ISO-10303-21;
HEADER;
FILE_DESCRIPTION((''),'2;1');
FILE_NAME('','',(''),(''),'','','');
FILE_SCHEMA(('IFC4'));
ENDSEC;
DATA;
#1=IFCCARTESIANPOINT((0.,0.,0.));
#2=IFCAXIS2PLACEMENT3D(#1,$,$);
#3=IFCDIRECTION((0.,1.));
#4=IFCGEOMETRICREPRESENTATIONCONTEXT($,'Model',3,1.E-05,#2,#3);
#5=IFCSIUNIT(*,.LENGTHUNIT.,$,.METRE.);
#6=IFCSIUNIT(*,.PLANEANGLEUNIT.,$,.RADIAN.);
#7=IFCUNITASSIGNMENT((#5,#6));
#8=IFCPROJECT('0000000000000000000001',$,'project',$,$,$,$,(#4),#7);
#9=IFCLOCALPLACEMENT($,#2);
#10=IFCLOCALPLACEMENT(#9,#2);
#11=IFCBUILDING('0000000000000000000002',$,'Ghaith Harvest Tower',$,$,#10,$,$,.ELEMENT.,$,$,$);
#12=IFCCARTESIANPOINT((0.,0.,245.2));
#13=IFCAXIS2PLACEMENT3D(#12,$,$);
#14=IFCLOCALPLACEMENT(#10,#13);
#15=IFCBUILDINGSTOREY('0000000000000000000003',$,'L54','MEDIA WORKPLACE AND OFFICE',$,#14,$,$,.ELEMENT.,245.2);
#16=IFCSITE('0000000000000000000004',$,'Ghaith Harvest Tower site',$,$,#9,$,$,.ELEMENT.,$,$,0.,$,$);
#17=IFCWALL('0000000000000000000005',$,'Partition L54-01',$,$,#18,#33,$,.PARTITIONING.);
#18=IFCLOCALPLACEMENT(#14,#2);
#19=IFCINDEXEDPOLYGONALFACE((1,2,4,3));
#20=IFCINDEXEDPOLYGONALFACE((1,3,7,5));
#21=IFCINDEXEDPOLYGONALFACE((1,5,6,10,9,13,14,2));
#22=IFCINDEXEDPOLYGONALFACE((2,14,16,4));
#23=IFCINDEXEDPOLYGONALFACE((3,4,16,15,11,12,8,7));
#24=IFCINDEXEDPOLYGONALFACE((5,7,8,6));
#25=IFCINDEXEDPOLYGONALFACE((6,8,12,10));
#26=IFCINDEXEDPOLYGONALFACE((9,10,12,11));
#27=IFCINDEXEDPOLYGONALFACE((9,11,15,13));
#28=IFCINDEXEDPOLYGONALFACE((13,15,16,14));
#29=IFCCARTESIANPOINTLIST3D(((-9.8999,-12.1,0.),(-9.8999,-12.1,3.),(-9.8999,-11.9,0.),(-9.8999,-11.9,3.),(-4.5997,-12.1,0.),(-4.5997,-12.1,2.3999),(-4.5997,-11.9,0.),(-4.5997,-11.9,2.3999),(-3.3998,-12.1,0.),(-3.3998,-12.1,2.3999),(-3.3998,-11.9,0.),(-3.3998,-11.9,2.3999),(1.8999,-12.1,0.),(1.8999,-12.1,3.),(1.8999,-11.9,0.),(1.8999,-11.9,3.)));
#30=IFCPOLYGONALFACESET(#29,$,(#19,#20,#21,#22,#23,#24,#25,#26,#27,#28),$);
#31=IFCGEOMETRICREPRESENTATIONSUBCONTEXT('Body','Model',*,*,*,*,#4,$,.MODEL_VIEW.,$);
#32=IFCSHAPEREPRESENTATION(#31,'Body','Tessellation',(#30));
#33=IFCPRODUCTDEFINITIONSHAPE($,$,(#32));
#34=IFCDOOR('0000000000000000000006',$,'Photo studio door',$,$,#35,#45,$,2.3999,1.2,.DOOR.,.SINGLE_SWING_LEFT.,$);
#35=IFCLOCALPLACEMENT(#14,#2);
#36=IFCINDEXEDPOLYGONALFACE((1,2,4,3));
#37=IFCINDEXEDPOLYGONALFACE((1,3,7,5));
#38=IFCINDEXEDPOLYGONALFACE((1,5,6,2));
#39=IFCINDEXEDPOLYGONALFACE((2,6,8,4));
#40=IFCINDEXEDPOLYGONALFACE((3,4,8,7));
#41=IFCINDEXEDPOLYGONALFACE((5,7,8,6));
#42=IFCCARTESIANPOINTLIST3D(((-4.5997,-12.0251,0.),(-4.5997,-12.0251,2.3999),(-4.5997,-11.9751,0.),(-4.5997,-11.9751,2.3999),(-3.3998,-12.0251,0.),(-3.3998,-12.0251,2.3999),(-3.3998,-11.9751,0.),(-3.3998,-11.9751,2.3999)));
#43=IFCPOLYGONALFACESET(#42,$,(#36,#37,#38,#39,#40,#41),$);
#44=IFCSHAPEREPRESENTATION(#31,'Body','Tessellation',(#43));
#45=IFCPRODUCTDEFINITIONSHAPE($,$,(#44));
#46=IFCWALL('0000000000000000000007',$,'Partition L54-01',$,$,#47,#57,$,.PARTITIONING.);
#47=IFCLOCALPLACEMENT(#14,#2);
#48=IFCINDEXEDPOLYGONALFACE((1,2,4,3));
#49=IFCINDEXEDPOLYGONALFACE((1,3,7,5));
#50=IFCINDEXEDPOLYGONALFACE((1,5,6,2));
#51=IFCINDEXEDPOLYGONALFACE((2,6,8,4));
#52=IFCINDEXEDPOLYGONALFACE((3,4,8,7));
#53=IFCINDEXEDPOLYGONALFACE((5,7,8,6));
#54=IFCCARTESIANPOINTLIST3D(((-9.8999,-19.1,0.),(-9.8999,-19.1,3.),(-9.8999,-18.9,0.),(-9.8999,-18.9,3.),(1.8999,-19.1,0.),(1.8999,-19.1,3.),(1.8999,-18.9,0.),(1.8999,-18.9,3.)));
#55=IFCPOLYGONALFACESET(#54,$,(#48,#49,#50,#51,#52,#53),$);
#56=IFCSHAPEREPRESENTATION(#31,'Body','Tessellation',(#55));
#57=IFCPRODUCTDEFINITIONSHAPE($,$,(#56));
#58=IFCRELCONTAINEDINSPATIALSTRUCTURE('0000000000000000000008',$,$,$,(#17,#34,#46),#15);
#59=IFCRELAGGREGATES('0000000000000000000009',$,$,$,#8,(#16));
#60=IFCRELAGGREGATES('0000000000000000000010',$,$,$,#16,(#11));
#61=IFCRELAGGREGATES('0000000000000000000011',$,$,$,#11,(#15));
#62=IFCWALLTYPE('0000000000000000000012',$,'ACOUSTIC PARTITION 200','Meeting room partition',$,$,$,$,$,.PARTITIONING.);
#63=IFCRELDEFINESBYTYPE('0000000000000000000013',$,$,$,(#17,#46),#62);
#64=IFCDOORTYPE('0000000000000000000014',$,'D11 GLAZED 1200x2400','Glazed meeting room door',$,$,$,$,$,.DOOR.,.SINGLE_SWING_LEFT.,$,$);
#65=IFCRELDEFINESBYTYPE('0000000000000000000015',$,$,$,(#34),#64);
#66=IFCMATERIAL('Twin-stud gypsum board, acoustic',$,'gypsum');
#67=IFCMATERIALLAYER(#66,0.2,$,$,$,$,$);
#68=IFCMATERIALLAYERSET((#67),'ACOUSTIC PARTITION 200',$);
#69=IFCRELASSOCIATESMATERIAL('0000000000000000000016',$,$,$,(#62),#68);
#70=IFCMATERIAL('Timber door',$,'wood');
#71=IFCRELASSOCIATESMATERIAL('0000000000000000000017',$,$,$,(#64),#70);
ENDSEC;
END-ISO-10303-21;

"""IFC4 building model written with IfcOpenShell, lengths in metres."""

from ifc_helpers import new_model, si_unit, direction, frame, frame_2d, origin, place, context, subcontext, project, spatial, rectangle, extrude, material, layer, layer_set, type_object, element, fill, save


model = new_model("IFC4")

# Units and contexts
model_context = context("Model", 3, precision=1e-05, world=origin(), true_north=direction((0.0, 1.0)))
body_context = subcontext(model_context, "Body", "Model", "MODEL_VIEW")
ifc_project = project(units=[si_unit("LENGTHUNIT", "METRE"), si_unit("PLANEANGLEUNIT", "RADIAN")], contexts=[model_context])

# Site, building, storey
site_placement = place(None, origin())
site = spatial("IfcSite", under=ifc_project, at=site_placement, Name="Ghaith Harvest Tower site", CompositionType="ELEMENT", RefElevation=0.0)
building_placement = place(site_placement, origin())
building = spatial("IfcBuilding", under=site, at=building_placement, Name="Ghaith Harvest Tower", CompositionType="ELEMENT")
storey_placement = place(building_placement, frame((0.0, 0.0, 245.2)))
storey = spatial("IfcBuildingStorey", under=building, at=storey_placement, Name="L54", Description="MEDIA WORKPLACE AND OFFICE", CompositionType="ELEMENT", Elevation=245.2)

# Shared definitions
ifc_material_1 = material(Name="Twin-stud gypsum board, acoustic", Category="gypsum")
ifc_layer_1 = layer(ifc_material_1, 0.2)
ifc_layer_set_1 = layer_set([ifc_layer_1], Name="ACOUSTIC PARTITION 200")
wall_type = type_object("IfcWallType", Name="ACOUSTIC PARTITION 200", Description="Meeting room partition", PredefinedType="PARTITIONING", material=ifc_layer_set_1)

# Wall, opening, door
wall_1_placement = place(storey_placement, frame((-9.8999, -12.0, 0.0), z_axis=(0.0, 0.0, 1.0), x_axis=(1.0, 0.0, 0.0)))
wall_1 = element("IfcWall", 1, at=wall_1_placement, inside=storey, type_object=wall_type, Name="Partition L54-01", PredefinedType="PARTITIONING", context=body_context, shape_type="SweptSolid", body=[
    extrude(rectangle(XDim=11.7998, YDim=0.2, at=frame_2d((5.8999, 0.0))), origin(), (0.0, 0.0, 1.0), 3.0),
])
opening_placement = place(wall_1_placement, frame((5.3, 0.0, 0.0)))
opening = element("IfcOpeningElement", 2, at=opening_placement, cuts=wall_1, PredefinedType="OPENING", context=body_context, shape_type="SweptSolid", body=[
    extrude(rectangle(XDim=1.2, YDim=2.3999, at=frame_2d((0.6001, 1.2))), frame((0.0, 0.1099, 0.0), z_axis=(0.0, -1.0, 0.0), x_axis=(1.0, 0.0, 0.0)), (0.0, 0.0, 1.0), 0.22),
])
ifc_material_2 = material(Name="Timber door", Category="wood")
door_type = type_object("IfcDoorType", Name="D11 GLAZED 1200x2400", Description="Glazed meeting room door", OperationType="SINGLE_SWING_LEFT", PredefinedType="DOOR", material=ifc_material_2)
door_placement = place(opening_placement, origin())
door = element("IfcDoor", 3, at=door_placement, inside=storey, type_object=door_type, Name="Photo studio door", OperationType="SINGLE_SWING_LEFT", OverallHeight=2.3999, OverallWidth=1.2, PredefinedType="DOOR", context=body_context, shape_type="SweptSolid", body=[
    extrude(rectangle(XDim=1.2, YDim=2.3999, at=frame_2d((0.6001, 1.2))), frame((0.0, 0.0249, 0.0), z_axis=(0.0, -1.0, 0.0), x_axis=(1.0, 0.0, 0.0)), (0.0, 0.0, 1.0), 0.05),
])
fill(opening, door)

# Wall
wall_2_placement = place(storey_placement, frame((-9.8999, -19.0, 0.0), z_axis=(0.0, 0.0, 1.0), x_axis=(1.0, 0.0, 0.0)))
element("IfcWall", 4, at=wall_2_placement, inside=storey, type_object=wall_type, Name="Partition L54-01", PredefinedType="PARTITIONING", context=body_context, shape_type="SweptSolid", body=[
    extrude(rectangle(XDim=11.7998, YDim=0.2, at=frame_2d((5.8999, 0.0))), origin(), (0.0, 0.0, 1.0), 3.0),
])

save(model, "model.ifc")
